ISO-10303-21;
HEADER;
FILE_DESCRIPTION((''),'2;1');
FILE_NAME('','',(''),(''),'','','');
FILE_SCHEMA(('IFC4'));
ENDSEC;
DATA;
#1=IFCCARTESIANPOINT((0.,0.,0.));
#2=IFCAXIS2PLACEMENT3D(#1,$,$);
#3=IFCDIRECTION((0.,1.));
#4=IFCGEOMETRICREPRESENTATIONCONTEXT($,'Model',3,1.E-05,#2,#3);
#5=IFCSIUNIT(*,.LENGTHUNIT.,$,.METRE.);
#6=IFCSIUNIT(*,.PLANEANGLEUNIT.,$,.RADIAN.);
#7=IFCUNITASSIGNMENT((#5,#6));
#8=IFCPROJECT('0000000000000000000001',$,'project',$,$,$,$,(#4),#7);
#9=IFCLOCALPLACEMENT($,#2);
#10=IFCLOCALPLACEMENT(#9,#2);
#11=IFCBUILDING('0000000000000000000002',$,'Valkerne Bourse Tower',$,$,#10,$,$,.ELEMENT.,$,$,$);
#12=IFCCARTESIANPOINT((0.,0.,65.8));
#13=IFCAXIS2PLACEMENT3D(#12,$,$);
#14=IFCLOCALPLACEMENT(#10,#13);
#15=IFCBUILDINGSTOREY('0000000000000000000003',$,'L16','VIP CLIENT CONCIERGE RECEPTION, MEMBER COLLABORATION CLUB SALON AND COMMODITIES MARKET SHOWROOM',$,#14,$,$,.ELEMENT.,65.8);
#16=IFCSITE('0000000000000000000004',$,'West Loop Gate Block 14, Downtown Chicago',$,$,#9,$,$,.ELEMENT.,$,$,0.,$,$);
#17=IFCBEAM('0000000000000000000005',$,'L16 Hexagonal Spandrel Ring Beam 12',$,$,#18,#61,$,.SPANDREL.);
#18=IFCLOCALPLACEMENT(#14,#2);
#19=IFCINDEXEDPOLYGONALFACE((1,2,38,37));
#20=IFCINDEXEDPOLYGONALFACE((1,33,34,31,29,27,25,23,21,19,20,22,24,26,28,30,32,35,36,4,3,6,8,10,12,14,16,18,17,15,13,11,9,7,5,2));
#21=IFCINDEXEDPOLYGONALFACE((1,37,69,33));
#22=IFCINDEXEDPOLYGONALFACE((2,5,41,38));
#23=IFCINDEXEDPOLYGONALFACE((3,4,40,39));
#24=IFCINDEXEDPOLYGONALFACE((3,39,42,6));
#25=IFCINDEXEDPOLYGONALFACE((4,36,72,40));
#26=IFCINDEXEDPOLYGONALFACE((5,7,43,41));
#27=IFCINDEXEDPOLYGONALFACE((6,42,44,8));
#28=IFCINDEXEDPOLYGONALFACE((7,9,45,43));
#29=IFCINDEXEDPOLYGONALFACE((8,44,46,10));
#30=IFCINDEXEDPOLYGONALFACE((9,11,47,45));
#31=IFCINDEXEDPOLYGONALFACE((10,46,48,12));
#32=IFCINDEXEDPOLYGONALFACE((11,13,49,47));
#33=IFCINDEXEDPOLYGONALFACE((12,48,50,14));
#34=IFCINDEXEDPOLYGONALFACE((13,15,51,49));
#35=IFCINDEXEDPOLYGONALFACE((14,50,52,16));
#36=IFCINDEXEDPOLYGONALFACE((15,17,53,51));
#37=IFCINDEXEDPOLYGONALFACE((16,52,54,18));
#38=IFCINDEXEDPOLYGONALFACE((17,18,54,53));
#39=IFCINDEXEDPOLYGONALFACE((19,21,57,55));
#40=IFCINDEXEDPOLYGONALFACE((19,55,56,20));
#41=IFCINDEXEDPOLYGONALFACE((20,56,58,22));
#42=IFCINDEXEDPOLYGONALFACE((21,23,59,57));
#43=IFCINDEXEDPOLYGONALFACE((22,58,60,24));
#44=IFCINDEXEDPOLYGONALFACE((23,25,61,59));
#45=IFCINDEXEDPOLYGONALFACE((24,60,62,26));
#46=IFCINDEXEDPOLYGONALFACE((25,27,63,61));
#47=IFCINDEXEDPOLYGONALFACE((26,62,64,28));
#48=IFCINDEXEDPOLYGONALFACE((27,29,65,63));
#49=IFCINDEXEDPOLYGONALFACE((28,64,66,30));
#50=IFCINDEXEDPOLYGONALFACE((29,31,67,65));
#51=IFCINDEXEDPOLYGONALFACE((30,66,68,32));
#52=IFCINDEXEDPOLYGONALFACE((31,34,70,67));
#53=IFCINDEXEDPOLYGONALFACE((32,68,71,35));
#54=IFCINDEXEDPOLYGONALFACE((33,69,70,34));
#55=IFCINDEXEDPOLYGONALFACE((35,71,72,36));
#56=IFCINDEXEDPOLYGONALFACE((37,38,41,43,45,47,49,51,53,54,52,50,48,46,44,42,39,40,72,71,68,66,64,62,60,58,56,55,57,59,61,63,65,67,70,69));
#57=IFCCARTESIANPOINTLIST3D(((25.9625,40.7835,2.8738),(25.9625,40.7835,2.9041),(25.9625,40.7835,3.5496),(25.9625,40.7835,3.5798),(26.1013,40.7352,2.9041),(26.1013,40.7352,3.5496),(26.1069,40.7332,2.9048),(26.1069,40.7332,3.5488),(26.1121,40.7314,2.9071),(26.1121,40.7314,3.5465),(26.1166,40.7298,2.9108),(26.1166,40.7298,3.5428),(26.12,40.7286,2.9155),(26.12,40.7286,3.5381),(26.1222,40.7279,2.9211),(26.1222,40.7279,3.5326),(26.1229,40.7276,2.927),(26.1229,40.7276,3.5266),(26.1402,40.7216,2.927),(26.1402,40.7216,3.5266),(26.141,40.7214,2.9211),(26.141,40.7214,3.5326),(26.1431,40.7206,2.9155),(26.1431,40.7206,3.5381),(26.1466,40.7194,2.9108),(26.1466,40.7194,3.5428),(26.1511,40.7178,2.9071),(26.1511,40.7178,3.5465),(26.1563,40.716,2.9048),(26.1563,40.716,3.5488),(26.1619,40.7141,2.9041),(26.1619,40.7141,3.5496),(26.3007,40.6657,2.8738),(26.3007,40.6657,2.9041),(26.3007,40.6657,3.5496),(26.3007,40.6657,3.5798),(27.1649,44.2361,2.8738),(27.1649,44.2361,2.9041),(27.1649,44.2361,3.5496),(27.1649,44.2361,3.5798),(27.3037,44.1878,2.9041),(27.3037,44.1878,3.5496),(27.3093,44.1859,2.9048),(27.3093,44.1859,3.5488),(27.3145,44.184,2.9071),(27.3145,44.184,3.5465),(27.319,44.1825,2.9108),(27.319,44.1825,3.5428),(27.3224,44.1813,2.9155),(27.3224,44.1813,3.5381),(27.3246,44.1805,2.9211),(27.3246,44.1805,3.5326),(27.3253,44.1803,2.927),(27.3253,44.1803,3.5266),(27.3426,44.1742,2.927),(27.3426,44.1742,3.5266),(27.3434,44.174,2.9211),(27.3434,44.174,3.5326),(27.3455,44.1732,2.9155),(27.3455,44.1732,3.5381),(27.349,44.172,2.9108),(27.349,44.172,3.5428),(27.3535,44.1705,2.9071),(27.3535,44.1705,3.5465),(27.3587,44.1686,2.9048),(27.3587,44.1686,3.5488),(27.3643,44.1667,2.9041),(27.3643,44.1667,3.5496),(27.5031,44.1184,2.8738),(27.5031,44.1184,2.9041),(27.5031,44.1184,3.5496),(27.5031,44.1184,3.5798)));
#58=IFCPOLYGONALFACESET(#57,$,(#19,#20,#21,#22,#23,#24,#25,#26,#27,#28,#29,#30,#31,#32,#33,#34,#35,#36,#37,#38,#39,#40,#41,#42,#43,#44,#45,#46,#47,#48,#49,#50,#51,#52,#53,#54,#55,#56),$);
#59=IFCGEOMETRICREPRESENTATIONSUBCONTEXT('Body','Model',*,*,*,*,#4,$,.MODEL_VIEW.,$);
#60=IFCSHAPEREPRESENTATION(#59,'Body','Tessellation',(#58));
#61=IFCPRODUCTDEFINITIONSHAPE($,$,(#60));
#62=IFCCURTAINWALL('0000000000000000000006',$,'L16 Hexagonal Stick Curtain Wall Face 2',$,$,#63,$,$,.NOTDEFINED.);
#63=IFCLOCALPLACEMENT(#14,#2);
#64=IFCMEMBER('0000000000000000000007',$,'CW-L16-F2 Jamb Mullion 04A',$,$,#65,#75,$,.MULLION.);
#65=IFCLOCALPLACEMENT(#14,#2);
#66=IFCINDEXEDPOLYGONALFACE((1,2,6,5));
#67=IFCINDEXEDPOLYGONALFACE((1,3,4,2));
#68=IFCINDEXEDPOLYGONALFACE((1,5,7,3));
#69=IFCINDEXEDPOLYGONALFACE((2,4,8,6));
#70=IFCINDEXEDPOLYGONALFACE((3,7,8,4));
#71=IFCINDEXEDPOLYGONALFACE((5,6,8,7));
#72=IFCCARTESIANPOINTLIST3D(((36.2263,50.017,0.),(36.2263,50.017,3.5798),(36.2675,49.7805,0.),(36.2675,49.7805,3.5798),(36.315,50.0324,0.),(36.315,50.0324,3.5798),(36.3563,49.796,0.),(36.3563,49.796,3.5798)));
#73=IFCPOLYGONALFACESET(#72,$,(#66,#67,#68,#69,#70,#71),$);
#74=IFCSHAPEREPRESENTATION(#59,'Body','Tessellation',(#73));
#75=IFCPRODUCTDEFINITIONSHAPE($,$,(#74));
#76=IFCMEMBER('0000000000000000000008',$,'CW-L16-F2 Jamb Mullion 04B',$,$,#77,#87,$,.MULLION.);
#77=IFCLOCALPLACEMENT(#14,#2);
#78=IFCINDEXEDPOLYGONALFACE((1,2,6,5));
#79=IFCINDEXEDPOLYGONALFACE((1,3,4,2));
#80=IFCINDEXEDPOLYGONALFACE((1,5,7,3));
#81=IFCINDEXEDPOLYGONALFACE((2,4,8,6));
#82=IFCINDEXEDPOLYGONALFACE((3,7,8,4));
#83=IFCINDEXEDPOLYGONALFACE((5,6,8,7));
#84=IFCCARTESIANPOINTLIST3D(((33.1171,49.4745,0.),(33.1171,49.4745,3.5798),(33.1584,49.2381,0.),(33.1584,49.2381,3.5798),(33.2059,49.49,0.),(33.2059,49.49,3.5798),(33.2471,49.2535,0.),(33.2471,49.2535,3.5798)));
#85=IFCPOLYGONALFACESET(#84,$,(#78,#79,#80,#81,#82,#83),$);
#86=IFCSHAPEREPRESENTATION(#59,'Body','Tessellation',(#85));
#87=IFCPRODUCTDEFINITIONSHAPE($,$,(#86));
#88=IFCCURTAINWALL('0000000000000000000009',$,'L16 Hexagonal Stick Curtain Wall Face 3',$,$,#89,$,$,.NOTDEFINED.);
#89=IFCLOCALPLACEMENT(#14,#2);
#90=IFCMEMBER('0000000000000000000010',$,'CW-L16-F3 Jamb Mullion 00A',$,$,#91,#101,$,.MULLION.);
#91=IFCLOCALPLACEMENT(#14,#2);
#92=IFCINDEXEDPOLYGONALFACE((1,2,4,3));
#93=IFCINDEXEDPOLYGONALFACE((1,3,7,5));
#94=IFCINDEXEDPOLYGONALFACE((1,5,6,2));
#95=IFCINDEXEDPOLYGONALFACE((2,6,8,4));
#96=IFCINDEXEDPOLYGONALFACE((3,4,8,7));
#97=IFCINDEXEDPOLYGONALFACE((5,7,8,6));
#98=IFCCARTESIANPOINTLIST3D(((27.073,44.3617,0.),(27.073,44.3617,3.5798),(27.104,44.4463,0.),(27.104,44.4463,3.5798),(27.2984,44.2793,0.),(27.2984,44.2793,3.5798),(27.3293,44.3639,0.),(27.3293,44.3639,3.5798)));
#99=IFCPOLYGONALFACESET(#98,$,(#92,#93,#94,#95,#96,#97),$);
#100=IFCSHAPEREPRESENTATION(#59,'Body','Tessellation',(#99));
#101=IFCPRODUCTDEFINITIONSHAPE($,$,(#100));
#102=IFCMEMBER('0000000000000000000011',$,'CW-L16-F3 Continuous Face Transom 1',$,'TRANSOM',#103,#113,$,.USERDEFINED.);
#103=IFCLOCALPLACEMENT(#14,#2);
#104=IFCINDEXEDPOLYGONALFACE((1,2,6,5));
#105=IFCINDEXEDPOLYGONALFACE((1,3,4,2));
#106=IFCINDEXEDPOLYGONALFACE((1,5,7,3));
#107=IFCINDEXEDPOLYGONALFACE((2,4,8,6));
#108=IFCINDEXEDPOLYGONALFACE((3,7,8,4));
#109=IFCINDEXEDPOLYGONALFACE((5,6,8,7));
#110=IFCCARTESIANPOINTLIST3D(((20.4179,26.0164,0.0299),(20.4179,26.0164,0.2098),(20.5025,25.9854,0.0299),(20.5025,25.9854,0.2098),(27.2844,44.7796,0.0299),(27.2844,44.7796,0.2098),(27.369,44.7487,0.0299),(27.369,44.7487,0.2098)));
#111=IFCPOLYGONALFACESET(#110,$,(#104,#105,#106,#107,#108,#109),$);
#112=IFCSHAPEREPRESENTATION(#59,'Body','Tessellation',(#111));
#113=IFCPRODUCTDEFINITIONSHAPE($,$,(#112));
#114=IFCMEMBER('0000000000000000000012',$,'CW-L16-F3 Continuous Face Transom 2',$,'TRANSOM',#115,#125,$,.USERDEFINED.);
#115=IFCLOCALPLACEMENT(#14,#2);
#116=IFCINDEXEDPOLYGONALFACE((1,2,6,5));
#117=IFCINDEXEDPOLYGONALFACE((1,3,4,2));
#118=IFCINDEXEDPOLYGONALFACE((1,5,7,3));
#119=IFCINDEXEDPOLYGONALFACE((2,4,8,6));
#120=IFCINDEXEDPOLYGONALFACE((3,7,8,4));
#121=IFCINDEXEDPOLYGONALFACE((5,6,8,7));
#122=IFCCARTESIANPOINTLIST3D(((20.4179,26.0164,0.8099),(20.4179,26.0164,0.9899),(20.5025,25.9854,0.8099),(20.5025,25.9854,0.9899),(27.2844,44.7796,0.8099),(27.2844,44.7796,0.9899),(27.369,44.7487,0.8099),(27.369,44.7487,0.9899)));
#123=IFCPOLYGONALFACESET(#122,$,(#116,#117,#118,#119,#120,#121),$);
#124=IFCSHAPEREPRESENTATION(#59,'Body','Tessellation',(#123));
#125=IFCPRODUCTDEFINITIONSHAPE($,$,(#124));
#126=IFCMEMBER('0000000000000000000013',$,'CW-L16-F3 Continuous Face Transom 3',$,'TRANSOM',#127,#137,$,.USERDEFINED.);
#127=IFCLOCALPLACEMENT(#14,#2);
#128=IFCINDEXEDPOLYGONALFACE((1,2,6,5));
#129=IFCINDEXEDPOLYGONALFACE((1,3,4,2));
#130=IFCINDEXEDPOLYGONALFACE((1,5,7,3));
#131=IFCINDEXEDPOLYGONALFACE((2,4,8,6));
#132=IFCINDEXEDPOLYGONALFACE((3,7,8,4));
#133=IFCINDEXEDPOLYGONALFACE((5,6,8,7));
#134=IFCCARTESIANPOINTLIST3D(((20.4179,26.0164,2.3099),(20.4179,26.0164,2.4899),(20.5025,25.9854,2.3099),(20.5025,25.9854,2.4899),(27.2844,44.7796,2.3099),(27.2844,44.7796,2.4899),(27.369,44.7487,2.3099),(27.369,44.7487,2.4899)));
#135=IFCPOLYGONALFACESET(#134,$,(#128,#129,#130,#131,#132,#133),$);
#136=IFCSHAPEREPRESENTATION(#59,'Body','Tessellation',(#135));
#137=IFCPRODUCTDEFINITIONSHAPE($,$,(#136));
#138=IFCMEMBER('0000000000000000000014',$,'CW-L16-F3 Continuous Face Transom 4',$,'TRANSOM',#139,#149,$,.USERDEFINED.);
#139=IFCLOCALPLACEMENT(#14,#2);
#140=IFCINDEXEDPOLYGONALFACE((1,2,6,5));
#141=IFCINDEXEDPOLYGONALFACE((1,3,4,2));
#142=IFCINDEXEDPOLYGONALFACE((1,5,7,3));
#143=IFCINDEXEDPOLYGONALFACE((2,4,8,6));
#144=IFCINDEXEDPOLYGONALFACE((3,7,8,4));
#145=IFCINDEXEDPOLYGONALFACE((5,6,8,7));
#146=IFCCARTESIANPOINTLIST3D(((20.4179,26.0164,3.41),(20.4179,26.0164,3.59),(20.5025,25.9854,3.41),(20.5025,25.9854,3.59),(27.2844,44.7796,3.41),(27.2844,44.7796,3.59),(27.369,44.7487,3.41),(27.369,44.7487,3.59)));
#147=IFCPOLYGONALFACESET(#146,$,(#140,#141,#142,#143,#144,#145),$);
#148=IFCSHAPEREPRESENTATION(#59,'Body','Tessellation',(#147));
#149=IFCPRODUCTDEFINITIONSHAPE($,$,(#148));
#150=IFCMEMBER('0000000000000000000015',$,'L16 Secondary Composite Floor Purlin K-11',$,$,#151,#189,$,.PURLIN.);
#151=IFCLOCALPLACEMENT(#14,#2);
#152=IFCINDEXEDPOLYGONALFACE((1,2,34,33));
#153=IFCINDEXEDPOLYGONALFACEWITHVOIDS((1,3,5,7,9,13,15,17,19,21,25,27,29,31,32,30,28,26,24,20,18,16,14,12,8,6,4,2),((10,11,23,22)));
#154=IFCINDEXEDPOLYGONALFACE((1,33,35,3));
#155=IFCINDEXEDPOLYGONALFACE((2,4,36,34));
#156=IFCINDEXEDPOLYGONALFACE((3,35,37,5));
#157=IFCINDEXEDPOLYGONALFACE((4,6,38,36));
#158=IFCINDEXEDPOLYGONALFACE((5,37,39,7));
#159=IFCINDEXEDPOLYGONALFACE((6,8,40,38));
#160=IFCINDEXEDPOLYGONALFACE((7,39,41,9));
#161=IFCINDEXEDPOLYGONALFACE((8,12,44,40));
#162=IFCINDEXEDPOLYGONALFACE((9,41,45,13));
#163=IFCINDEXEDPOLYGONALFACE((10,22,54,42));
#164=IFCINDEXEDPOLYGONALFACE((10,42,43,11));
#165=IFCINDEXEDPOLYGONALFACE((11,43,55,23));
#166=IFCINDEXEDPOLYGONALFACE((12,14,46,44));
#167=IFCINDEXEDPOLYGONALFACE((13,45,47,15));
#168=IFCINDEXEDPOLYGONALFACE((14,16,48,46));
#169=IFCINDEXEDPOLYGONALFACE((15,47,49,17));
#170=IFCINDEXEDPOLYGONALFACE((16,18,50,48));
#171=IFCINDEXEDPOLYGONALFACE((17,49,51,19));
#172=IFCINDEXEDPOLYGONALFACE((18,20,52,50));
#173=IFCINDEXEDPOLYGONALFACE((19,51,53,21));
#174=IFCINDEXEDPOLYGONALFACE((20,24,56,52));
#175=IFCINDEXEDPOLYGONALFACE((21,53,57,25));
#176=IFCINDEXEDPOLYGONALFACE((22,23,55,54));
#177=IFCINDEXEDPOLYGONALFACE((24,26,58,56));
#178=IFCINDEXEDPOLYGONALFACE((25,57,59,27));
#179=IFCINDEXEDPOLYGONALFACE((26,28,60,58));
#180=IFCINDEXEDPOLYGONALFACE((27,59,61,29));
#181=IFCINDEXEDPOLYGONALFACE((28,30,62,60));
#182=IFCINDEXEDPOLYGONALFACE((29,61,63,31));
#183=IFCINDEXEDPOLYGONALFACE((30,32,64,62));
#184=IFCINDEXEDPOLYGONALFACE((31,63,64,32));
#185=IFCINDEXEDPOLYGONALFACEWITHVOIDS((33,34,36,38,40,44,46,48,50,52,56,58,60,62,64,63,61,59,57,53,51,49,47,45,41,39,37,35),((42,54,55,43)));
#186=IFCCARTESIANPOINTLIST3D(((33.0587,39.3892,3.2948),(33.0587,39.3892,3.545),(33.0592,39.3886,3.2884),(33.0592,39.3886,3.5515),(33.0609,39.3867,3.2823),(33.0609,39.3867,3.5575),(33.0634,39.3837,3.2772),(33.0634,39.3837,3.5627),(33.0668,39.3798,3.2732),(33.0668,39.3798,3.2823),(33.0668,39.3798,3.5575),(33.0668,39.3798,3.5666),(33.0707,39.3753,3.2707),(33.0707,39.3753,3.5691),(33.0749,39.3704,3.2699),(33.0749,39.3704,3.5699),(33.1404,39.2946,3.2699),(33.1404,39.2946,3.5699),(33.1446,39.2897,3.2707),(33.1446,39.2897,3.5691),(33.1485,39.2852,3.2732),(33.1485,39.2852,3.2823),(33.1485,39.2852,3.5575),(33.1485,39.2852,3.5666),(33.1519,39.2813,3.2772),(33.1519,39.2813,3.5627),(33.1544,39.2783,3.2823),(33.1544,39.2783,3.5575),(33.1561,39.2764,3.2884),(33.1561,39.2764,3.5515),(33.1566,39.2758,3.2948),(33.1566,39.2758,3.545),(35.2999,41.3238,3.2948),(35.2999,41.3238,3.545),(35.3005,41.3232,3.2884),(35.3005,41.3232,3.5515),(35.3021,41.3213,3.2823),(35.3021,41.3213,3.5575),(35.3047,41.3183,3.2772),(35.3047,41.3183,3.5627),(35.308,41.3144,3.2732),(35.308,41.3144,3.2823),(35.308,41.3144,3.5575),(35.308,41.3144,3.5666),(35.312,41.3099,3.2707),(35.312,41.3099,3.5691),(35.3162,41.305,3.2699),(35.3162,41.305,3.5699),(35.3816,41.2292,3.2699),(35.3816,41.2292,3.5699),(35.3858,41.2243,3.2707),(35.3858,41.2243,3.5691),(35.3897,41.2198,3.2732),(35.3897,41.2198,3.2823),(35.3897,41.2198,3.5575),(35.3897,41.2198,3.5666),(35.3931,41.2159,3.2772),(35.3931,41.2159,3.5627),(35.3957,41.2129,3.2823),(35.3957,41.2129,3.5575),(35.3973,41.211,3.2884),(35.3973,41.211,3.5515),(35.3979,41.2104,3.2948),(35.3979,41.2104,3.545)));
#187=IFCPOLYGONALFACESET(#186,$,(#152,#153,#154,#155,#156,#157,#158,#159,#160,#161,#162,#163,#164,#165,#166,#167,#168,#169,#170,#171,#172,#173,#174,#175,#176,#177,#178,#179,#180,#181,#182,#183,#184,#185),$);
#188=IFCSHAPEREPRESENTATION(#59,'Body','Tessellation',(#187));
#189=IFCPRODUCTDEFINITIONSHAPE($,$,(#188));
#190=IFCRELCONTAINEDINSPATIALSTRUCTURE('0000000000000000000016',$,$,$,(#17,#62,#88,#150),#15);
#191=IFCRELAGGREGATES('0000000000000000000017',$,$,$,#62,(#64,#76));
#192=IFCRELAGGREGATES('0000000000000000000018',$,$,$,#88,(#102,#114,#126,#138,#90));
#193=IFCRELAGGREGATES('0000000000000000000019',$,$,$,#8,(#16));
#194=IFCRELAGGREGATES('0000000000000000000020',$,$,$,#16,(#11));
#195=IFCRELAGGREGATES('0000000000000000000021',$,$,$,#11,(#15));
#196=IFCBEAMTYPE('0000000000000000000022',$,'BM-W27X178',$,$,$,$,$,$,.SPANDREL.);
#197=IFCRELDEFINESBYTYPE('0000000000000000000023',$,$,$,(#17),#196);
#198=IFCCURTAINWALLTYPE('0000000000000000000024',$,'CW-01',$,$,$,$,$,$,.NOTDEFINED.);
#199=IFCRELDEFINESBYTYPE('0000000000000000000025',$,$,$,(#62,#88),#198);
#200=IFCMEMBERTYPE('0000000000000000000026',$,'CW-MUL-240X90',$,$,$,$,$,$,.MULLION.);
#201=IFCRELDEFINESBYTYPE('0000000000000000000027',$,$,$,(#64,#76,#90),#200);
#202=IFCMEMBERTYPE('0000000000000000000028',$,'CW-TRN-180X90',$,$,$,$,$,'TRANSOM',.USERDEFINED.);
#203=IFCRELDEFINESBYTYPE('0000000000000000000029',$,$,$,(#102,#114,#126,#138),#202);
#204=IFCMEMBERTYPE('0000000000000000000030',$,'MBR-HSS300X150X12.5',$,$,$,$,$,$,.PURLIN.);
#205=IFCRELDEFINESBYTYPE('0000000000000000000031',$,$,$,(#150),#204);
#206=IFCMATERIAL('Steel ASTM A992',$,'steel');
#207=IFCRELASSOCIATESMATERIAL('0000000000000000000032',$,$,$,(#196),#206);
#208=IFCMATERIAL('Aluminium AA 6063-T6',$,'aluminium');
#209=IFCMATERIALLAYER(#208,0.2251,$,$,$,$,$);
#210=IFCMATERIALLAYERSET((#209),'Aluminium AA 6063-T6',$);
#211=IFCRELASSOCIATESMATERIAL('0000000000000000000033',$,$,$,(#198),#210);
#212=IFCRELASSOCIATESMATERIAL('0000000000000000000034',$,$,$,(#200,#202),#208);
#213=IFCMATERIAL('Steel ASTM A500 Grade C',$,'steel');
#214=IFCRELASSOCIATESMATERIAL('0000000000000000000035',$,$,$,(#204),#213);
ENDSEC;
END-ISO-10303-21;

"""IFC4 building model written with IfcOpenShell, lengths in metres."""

from ifc_helpers import new_model, si_unit, direction, frame, origin, origin_2d, place, context, subcontext, project, spatial, rectangle, hollow_rectangle, i_section, extrude, material, layer, layer_set, material_profile, profile_set, type_object, element, aggregate, save


model = new_model("IFC4")

# Units and contexts
model_context = context("Model", 3, precision=1e-05, world=origin(), true_north=direction((0.0, 1.0)))
body_context = subcontext(model_context, "Body", "Model", "MODEL_VIEW")
ifc_project = project(units=[si_unit("LENGTHUNIT", "METRE"), si_unit("PLANEANGLEUNIT", "RADIAN")], contexts=[model_context])

# Site, building, storey
site_placement = place(None, origin())
site = spatial("IfcSite", under=ifc_project, at=site_placement, Name="West Loop Gate Block 14, Downtown Chicago", CompositionType="ELEMENT", RefElevation=0.0)
building_placement = place(site_placement, origin())
building = spatial("IfcBuilding", under=site, at=building_placement, Name="Valkerne Bourse Tower", CompositionType="ELEMENT")
storey_placement = place(building_placement, frame((0.0, 0.0, 65.8)))
storey = spatial("IfcBuildingStorey", under=building, at=storey_placement, Name="L16", Description="VIP CLIENT CONCIERGE RECEPTION, MEMBER COLLABORATION CLUB SALON AND COMMODITIES MARKET SHOWROOM", CompositionType="ELEMENT", Elevation=65.8)

# Beam
ifc_material_1 = material(Name="Steel ASTM A992", Category="steel")
ifc_material_profile_1 = material_profile(ifc_material_1, i_section(OverallWidth=0.3582, OverallDepth=0.7061, WebThickness=0.0183, FlangeThickness=0.0303, FilletRadius=0.0229, at=origin_2d()), Name="W27X178")
ifc_profile_set_1 = profile_set([ifc_material_profile_1], Name="Steel ASTM A992")
beam_type_1 = type_object("IfcBeamType", Name="BM-W27X178", PredefinedType="SPANDREL", material=ifc_profile_set_1)
beam_1_placement = place(storey_placement, frame((27.334, 44.1772, 3.2268), z_axis=(-0.328881, -0.944372, 0.0), x_axis=(0.944372, -0.328881, 0.0)))
element("IfcBeam", 1, at=beam_1_placement, inside=storey, type_object=beam_type_1, Name="L16 Hexagonal Spandrel Ring Beam 12", PredefinedType="SPANDREL", context=body_context, shape_type="SweptSolid", body=[
    extrude(i_section(OverallWidth=0.3582, OverallDepth=0.7061, WebThickness=0.0183, FlangeThickness=0.0303, FilletRadius=0.0229, at=origin_2d()), origin(), (0.0, 0.0, 1.0), 3.656),
])

# Curtain walls, members
ifc_material_2 = material(Name="Aluminium AA 6063-T6", Category="aluminium")
ifc_layer_1 = layer(ifc_material_2, 0.2251)
ifc_layer_set_1 = layer_set([ifc_layer_1], Name="Aluminium AA 6063-T6")
curtain_wall_type = type_object("IfcCurtainWallType", Name="CW-01", PredefinedType="NOTDEFINED", material=ifc_layer_set_1)
curtain_wall_1_placement = place(storey_placement, origin())
curtain_wall_1 = element("IfcCurtainWall", 2, at=curtain_wall_1_placement, inside=storey, type_object=curtain_wall_type, Name="L16 Hexagonal Stick Curtain Wall Face 2", PredefinedType="NOTDEFINED")
ifc_material_profile_2 = material_profile(ifc_material_2, rectangle(XDim=0.0901, YDim=0.24, at=origin_2d()), Name="CWM-90X240")
ifc_profile_set_2 = profile_set([ifc_material_profile_2], Name="Aluminium AA 6063-T6")
member_type_1 = type_object("IfcMemberType", Name="CW-MUL-240X90", PredefinedType="MULLION", material=ifc_profile_set_2)
member_1_placement = place(storey_placement, frame((36.2913, 49.9065, 0.0), z_axis=(0.0, 0.0, 1.0), x_axis=(-0.985111, -0.171922, 0.0)))
member_1 = element("IfcMember", 3, at=member_1_placement, type_object=member_type_1, Name="CW-L16-F2 Jamb Mullion 04A", PredefinedType="MULLION", context=body_context, shape_type="SweptSolid", body=[
    extrude(rectangle(XDim=0.0901, YDim=0.24, at=origin_2d()), origin(), (0.0, 0.0, 1.0), 3.5798),
])
member_2_placement = place(storey_placement, frame((33.1821, 49.364, 0.0), z_axis=(0.0, 0.0, 1.0), x_axis=(-0.985111, -0.171922, 0.0)))
member_2 = element("IfcMember", 4, at=member_2_placement, type_object=member_type_1, Name="CW-L16-F2 Jamb Mullion 04B", PredefinedType="MULLION", context=body_context, shape_type="SweptSolid", body=[
    extrude(rectangle(XDim=0.0901, YDim=0.24, at=origin_2d()), origin(), (0.0, 0.0, 1.0), 3.5798),
])
curtain_wall_2_placement = place(storey_placement, origin())
curtain_wall_2 = element("IfcCurtainWall", 5, at=curtain_wall_2_placement, inside=storey, type_object=curtain_wall_type, Name="L16 Hexagonal Stick Curtain Wall Face 3", PredefinedType="NOTDEFINED")
member_3_placement = place(storey_placement, frame((27.2012, 44.3628, 0.0), z_axis=(0.0, 0.0, 1.0), x_axis=(-0.343661, -0.939094, 0.0)))
member_3 = element("IfcMember", 6, at=member_3_placement, type_object=member_type_1, Name="CW-L16-F3 Jamb Mullion 00A", PredefinedType="MULLION", context=body_context, shape_type="SweptSolid", body=[
    extrude(rectangle(XDim=0.0901, YDim=0.24, at=origin_2d()), origin(), (0.0, 0.0, 1.0), 3.5798),
])
ifc_material_profile_3 = material_profile(ifc_material_2, rectangle(XDim=0.0901, YDim=0.1799, at=origin_2d()), Name="CWT-90X180")
ifc_profile_set_3 = profile_set([ifc_material_profile_3], Name="Aluminium AA 6063-T6")
member_type_2 = type_object("IfcMemberType", Name="CW-TRN-180X90", ElementType="TRANSOM", PredefinedType="USERDEFINED", material=ifc_profile_set_3)
member_4_placement = place(storey_placement, frame((27.3267, 44.7642, 0.1199), z_axis=(-0.343664, -0.939093, 0.0), x_axis=(0.939093, -0.343664, 0.0)))
member_4 = element("IfcMember", 7, at=member_4_placement, type_object=member_type_2, Name="CW-L16-F3 Continuous Face Transom 1", ObjectType="TRANSOM", PredefinedType="USERDEFINED", context=body_context, shape_type="SweptSolid", body=[
    extrude(rectangle(XDim=0.0901, YDim=0.1799, at=origin_2d()), origin(), (0.0, 0.0, 1.0), 19.9802),
])
member_5_placement = place(storey_placement, frame((27.3267, 44.7642, 0.8999), z_axis=(-0.343664, -0.939093, 0.0), x_axis=(0.939093, -0.343664, 0.0)))
member_5 = element("IfcMember", 8, at=member_5_placement, type_object=member_type_2, Name="CW-L16-F3 Continuous Face Transom 2", ObjectType="TRANSOM", PredefinedType="USERDEFINED", context=body_context, shape_type="SweptSolid", body=[
    extrude(rectangle(XDim=0.0901, YDim=0.1799, at=origin_2d()), origin(), (0.0, 0.0, 1.0), 19.9802),
])
member_6_placement = place(storey_placement, frame((27.3267, 44.7642, 2.3999), z_axis=(-0.343664, -0.939093, 0.0), x_axis=(0.939093, -0.343664, 0.0)))
member_6 = element("IfcMember", 9, at=member_6_placement, type_object=member_type_2, Name="CW-L16-F3 Continuous Face Transom 3", ObjectType="TRANSOM", PredefinedType="USERDEFINED", context=body_context, shape_type="SweptSolid", body=[
    extrude(rectangle(XDim=0.0901, YDim=0.1799, at=origin_2d()), origin(), (0.0, 0.0, 1.0), 19.9802),
])
member_7_placement = place(storey_placement, frame((27.3267, 44.7642, 3.5), z_axis=(-0.343664, -0.939093, 0.0), x_axis=(0.939093, -0.343664, 0.0)))
member_7 = element("IfcMember", 10, at=member_7_placement, type_object=member_type_2, Name="CW-L16-F3 Continuous Face Transom 4", ObjectType="TRANSOM", PredefinedType="USERDEFINED", context=body_context, shape_type="SweptSolid", body=[
    extrude(rectangle(XDim=0.0901, YDim=0.1799, at=origin_2d()), origin(), (0.0, 0.0, 1.0), 19.9802),
])

# Member
ifc_material_3 = material(Name="Steel ASTM A500 Grade C", Category="steel")
ifc_material_profile_4 = material_profile(ifc_material_3, hollow_rectangle(XDim=0.1499, YDim=0.3, WallThickness=0.0125, OuterFilletRadius=0.0249, at=origin_2d()), Name="HSS300X150X12.5")
ifc_profile_set_4 = profile_set([ifc_material_profile_4], Name="Steel ASTM A500 Grade C")
member_type_3 = type_object("IfcMemberType", Name="MBR-HSS300X150X12.5", PredefinedType="PURLIN", material=ifc_profile_set_4)
member_8_placement = place(storey_placement, frame((35.3489, 41.2671, 3.4199), z_axis=(-0.756994, -0.653422, 0.0), x_axis=(0.653422, -0.756994, 0.0)))
element("IfcMember", 11, at=member_8_placement, inside=storey, type_object=member_type_3, Name="L16 Secondary Composite Floor Purlin K-11", PredefinedType="PURLIN", context=body_context, shape_type="SweptSolid", body=[
    extrude(hollow_rectangle(XDim=0.1499, YDim=0.3, WallThickness=0.0125, OuterFilletRadius=0.0249, at=origin_2d()), origin(), (0.0, 0.0, 1.0), 2.9607),
])

aggregate(curtain_wall_1, [member_1, member_2])
aggregate(curtain_wall_2, [member_4, member_5, member_6, member_7, member_3])

save(model, "model.ifc")
